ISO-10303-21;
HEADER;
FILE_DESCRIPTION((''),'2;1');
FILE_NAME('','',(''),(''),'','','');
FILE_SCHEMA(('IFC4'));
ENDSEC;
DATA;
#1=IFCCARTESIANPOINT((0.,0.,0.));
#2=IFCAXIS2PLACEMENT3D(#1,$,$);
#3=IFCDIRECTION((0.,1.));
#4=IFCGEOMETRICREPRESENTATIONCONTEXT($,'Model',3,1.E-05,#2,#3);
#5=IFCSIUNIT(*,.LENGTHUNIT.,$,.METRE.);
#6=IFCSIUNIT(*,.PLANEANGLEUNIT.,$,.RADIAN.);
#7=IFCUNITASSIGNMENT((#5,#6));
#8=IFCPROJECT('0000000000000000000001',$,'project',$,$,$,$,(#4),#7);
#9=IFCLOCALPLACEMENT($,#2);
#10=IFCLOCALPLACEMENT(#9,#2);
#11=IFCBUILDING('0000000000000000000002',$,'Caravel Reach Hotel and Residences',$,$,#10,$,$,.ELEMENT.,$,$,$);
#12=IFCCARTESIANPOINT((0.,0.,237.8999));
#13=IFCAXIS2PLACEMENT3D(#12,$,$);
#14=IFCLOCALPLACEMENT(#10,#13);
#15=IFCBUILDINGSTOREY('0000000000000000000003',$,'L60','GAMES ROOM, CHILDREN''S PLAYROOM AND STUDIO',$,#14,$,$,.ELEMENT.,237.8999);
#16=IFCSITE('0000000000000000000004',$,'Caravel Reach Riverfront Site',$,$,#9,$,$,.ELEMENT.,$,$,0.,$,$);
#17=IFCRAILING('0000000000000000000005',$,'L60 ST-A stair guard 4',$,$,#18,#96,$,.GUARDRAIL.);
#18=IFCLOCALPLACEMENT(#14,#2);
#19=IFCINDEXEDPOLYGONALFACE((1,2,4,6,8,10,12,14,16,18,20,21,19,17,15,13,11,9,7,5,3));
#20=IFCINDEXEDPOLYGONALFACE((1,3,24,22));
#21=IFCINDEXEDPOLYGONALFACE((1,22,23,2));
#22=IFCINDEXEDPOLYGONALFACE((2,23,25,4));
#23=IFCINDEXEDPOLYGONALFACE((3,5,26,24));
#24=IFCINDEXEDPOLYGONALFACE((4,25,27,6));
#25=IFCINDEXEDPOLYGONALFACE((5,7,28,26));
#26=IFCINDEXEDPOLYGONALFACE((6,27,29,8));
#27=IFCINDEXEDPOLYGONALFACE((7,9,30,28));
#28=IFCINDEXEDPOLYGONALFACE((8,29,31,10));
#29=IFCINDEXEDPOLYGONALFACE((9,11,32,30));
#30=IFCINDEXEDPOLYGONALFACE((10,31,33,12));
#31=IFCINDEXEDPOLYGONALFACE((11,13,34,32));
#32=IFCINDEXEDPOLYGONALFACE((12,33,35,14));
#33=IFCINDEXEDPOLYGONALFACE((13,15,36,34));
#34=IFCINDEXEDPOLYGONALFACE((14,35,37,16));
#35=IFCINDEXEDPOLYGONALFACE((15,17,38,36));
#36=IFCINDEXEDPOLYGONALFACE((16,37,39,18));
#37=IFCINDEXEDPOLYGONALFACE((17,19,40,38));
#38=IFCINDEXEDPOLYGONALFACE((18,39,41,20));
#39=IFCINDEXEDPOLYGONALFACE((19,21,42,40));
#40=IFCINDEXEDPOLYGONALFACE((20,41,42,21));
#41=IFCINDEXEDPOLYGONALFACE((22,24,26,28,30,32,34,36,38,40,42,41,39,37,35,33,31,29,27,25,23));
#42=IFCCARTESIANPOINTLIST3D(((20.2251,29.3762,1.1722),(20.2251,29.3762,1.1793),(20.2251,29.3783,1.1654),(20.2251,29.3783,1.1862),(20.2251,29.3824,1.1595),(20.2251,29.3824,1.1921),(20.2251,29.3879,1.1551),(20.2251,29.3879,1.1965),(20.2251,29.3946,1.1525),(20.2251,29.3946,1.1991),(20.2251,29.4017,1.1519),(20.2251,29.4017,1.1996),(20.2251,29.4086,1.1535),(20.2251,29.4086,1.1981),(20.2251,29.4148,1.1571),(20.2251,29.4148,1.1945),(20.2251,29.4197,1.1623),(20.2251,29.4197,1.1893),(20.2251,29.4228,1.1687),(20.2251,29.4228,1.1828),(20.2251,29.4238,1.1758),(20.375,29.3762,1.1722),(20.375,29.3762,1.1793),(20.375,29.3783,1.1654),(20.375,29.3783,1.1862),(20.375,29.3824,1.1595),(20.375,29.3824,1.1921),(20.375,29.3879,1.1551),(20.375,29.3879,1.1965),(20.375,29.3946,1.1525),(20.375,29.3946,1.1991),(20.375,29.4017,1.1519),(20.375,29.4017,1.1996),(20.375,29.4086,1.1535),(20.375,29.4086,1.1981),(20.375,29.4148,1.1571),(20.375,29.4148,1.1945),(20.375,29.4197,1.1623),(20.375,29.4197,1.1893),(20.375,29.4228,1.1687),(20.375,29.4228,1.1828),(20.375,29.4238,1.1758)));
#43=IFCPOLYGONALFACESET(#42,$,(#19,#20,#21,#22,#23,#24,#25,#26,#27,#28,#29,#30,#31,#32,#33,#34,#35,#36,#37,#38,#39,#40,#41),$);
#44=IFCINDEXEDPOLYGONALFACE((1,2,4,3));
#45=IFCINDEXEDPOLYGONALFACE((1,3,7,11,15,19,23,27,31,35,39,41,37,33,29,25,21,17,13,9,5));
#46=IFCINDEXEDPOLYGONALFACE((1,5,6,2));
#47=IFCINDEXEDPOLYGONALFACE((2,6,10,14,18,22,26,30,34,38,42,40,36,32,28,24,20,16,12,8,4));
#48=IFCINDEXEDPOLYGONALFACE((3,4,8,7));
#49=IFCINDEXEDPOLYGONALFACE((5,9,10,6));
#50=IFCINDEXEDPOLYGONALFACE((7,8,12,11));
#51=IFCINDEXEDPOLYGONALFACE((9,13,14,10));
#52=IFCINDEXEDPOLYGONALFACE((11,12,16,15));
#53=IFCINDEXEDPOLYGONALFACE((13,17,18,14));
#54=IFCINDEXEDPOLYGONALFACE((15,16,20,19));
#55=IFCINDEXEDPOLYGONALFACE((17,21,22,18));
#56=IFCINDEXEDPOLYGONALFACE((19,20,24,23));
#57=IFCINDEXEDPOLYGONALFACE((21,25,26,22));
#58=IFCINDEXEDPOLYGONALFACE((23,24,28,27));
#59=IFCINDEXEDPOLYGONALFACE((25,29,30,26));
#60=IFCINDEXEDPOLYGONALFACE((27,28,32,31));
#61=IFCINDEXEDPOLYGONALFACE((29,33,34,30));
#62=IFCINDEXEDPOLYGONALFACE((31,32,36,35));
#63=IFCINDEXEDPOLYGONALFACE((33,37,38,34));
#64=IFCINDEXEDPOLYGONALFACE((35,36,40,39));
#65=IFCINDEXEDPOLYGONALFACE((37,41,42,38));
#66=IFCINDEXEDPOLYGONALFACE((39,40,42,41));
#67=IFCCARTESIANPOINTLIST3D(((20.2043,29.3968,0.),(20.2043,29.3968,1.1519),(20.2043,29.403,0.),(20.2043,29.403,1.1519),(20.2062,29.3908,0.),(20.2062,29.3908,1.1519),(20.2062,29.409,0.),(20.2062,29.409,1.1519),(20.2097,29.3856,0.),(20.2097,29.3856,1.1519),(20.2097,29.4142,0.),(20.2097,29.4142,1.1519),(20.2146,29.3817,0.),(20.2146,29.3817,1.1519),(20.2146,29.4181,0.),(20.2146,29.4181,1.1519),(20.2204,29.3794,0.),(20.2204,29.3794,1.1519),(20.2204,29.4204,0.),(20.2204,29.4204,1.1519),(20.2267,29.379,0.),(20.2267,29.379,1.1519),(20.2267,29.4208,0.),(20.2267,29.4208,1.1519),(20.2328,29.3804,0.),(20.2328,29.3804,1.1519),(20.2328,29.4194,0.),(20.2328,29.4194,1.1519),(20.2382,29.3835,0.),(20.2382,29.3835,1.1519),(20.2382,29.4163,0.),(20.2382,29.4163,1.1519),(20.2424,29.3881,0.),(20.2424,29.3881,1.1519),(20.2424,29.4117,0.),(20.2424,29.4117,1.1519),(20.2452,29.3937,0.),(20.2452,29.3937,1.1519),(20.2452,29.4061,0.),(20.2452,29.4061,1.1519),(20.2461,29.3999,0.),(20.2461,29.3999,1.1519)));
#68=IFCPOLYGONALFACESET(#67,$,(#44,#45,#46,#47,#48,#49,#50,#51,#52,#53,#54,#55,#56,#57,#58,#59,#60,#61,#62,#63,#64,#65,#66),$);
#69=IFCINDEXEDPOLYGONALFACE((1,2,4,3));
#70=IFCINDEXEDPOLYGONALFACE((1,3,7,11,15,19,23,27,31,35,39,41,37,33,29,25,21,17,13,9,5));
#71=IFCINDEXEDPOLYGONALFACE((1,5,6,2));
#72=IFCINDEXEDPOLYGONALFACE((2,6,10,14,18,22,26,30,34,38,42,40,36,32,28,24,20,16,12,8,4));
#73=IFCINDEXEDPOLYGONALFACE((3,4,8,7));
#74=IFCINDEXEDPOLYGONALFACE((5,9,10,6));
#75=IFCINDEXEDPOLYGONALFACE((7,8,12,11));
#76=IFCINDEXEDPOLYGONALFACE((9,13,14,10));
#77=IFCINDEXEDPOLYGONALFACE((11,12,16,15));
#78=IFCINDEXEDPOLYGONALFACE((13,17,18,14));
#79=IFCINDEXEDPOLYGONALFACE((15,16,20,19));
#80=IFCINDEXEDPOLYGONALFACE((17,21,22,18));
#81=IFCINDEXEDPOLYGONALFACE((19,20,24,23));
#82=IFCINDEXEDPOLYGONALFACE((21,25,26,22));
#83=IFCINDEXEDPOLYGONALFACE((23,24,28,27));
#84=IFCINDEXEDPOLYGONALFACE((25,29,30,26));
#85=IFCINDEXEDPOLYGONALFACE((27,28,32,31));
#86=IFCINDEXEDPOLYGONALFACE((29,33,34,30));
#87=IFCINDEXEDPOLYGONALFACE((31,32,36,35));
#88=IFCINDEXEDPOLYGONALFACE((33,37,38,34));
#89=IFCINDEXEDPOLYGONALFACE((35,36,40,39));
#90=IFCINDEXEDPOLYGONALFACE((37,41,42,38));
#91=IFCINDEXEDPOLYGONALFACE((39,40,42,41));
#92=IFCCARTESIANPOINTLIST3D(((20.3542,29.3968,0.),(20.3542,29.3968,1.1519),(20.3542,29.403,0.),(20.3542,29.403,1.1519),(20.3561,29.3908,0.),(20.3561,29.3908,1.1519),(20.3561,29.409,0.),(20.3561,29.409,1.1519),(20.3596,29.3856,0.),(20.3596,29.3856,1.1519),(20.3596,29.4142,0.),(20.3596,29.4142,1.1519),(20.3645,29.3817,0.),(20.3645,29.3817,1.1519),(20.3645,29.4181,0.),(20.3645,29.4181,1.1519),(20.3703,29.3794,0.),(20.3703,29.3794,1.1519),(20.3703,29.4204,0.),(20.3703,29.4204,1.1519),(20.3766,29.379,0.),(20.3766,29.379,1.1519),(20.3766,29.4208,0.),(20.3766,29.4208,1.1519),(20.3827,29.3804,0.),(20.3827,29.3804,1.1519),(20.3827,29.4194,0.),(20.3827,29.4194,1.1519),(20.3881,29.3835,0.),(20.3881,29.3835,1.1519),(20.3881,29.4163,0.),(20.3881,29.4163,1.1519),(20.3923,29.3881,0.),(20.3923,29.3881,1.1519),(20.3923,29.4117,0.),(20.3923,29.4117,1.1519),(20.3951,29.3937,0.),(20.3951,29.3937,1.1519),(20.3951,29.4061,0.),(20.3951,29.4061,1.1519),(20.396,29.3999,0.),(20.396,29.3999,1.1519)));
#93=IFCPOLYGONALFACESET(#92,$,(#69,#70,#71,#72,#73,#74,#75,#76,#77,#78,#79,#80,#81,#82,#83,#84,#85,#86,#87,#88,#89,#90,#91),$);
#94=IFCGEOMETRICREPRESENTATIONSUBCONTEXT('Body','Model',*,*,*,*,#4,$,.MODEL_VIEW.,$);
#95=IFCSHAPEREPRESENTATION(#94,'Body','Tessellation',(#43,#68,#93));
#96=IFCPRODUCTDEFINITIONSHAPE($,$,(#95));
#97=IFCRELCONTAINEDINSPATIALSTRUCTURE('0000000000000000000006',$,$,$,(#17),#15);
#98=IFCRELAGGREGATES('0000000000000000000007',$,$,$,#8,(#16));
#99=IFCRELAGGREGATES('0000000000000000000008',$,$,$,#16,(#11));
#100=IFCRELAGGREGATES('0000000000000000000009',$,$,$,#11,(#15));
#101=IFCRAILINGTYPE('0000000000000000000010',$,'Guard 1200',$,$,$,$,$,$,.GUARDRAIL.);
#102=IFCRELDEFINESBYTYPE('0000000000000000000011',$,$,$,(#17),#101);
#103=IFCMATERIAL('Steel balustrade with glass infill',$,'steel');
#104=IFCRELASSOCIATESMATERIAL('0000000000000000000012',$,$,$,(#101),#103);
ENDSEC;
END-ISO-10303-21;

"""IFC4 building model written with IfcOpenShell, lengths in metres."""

from ifc_helpers import new_model, si_unit, direction, frame, origin, origin_2d, place, context, subcontext, project, spatial, circle, extrude, material, type_object, element, save


model = new_model("IFC4")

# Units and contexts
model_context = context("Model", 3, precision=1e-05, world=origin(), true_north=direction((0.0, 1.0)))
body_context = subcontext(model_context, "Body", "Model", "MODEL_VIEW")
ifc_project = project(units=[si_unit("LENGTHUNIT", "METRE"), si_unit("PLANEANGLEUNIT", "RADIAN")], contexts=[model_context])

# Site, building, storey
site_placement = place(None, origin())
site = spatial("IfcSite", under=ifc_project, at=site_placement, Name="Caravel Reach Riverfront Site", CompositionType="ELEMENT", RefElevation=0.0)
building_placement = place(site_placement, origin())
building = spatial("IfcBuilding", under=site, at=building_placement, Name="Caravel Reach Hotel and Residences", CompositionType="ELEMENT")
storey_placement = place(building_placement, frame((0.0, 0.0, 237.8999)))
storey = spatial("IfcBuildingStorey", under=building, at=storey_placement, Name="L60", Description="GAMES ROOM, CHILDREN'S PLAYROOM AND STUDIO", CompositionType="ELEMENT", Elevation=237.8999)

# Railing
ifc_material_1 = material(Name="Steel balustrade with glass infill", Category="steel")
railing_type_1 = type_object("IfcRailingType", Name="Guard 1200", PredefinedType="GUARDRAIL", material=ifc_material_1)
railing_1_placement = place(storey_placement, frame((20.2251, 29.3999, 0.0)))
element("IfcRailing", 1, at=railing_1_placement, inside=storey, type_object=railing_type_1, Name="L60 ST-A stair guard 4", PredefinedType="GUARDRAIL", context=body_context, shape_type="SweptSolid", body=[
    extrude(circle(Radius=0.0239, at=origin_2d()), frame((0.0, 0.0, 1.1758), z_axis=(1.0, 0.0, 0.0), x_axis=(0.0, 1.0, 0.0)), (0.0, 0.0, 1.0), 0.1499),
    extrude(circle(Radius=0.021, at=origin_2d()), origin(), (0.0, 0.0, 1.0), 1.1519),
    extrude(circle(Radius=0.021, at=origin_2d()), frame((0.1499, 0.0, 0.0)), (0.0, 0.0, 1.0), 1.1519),
])

save(model, "model.ifc")
